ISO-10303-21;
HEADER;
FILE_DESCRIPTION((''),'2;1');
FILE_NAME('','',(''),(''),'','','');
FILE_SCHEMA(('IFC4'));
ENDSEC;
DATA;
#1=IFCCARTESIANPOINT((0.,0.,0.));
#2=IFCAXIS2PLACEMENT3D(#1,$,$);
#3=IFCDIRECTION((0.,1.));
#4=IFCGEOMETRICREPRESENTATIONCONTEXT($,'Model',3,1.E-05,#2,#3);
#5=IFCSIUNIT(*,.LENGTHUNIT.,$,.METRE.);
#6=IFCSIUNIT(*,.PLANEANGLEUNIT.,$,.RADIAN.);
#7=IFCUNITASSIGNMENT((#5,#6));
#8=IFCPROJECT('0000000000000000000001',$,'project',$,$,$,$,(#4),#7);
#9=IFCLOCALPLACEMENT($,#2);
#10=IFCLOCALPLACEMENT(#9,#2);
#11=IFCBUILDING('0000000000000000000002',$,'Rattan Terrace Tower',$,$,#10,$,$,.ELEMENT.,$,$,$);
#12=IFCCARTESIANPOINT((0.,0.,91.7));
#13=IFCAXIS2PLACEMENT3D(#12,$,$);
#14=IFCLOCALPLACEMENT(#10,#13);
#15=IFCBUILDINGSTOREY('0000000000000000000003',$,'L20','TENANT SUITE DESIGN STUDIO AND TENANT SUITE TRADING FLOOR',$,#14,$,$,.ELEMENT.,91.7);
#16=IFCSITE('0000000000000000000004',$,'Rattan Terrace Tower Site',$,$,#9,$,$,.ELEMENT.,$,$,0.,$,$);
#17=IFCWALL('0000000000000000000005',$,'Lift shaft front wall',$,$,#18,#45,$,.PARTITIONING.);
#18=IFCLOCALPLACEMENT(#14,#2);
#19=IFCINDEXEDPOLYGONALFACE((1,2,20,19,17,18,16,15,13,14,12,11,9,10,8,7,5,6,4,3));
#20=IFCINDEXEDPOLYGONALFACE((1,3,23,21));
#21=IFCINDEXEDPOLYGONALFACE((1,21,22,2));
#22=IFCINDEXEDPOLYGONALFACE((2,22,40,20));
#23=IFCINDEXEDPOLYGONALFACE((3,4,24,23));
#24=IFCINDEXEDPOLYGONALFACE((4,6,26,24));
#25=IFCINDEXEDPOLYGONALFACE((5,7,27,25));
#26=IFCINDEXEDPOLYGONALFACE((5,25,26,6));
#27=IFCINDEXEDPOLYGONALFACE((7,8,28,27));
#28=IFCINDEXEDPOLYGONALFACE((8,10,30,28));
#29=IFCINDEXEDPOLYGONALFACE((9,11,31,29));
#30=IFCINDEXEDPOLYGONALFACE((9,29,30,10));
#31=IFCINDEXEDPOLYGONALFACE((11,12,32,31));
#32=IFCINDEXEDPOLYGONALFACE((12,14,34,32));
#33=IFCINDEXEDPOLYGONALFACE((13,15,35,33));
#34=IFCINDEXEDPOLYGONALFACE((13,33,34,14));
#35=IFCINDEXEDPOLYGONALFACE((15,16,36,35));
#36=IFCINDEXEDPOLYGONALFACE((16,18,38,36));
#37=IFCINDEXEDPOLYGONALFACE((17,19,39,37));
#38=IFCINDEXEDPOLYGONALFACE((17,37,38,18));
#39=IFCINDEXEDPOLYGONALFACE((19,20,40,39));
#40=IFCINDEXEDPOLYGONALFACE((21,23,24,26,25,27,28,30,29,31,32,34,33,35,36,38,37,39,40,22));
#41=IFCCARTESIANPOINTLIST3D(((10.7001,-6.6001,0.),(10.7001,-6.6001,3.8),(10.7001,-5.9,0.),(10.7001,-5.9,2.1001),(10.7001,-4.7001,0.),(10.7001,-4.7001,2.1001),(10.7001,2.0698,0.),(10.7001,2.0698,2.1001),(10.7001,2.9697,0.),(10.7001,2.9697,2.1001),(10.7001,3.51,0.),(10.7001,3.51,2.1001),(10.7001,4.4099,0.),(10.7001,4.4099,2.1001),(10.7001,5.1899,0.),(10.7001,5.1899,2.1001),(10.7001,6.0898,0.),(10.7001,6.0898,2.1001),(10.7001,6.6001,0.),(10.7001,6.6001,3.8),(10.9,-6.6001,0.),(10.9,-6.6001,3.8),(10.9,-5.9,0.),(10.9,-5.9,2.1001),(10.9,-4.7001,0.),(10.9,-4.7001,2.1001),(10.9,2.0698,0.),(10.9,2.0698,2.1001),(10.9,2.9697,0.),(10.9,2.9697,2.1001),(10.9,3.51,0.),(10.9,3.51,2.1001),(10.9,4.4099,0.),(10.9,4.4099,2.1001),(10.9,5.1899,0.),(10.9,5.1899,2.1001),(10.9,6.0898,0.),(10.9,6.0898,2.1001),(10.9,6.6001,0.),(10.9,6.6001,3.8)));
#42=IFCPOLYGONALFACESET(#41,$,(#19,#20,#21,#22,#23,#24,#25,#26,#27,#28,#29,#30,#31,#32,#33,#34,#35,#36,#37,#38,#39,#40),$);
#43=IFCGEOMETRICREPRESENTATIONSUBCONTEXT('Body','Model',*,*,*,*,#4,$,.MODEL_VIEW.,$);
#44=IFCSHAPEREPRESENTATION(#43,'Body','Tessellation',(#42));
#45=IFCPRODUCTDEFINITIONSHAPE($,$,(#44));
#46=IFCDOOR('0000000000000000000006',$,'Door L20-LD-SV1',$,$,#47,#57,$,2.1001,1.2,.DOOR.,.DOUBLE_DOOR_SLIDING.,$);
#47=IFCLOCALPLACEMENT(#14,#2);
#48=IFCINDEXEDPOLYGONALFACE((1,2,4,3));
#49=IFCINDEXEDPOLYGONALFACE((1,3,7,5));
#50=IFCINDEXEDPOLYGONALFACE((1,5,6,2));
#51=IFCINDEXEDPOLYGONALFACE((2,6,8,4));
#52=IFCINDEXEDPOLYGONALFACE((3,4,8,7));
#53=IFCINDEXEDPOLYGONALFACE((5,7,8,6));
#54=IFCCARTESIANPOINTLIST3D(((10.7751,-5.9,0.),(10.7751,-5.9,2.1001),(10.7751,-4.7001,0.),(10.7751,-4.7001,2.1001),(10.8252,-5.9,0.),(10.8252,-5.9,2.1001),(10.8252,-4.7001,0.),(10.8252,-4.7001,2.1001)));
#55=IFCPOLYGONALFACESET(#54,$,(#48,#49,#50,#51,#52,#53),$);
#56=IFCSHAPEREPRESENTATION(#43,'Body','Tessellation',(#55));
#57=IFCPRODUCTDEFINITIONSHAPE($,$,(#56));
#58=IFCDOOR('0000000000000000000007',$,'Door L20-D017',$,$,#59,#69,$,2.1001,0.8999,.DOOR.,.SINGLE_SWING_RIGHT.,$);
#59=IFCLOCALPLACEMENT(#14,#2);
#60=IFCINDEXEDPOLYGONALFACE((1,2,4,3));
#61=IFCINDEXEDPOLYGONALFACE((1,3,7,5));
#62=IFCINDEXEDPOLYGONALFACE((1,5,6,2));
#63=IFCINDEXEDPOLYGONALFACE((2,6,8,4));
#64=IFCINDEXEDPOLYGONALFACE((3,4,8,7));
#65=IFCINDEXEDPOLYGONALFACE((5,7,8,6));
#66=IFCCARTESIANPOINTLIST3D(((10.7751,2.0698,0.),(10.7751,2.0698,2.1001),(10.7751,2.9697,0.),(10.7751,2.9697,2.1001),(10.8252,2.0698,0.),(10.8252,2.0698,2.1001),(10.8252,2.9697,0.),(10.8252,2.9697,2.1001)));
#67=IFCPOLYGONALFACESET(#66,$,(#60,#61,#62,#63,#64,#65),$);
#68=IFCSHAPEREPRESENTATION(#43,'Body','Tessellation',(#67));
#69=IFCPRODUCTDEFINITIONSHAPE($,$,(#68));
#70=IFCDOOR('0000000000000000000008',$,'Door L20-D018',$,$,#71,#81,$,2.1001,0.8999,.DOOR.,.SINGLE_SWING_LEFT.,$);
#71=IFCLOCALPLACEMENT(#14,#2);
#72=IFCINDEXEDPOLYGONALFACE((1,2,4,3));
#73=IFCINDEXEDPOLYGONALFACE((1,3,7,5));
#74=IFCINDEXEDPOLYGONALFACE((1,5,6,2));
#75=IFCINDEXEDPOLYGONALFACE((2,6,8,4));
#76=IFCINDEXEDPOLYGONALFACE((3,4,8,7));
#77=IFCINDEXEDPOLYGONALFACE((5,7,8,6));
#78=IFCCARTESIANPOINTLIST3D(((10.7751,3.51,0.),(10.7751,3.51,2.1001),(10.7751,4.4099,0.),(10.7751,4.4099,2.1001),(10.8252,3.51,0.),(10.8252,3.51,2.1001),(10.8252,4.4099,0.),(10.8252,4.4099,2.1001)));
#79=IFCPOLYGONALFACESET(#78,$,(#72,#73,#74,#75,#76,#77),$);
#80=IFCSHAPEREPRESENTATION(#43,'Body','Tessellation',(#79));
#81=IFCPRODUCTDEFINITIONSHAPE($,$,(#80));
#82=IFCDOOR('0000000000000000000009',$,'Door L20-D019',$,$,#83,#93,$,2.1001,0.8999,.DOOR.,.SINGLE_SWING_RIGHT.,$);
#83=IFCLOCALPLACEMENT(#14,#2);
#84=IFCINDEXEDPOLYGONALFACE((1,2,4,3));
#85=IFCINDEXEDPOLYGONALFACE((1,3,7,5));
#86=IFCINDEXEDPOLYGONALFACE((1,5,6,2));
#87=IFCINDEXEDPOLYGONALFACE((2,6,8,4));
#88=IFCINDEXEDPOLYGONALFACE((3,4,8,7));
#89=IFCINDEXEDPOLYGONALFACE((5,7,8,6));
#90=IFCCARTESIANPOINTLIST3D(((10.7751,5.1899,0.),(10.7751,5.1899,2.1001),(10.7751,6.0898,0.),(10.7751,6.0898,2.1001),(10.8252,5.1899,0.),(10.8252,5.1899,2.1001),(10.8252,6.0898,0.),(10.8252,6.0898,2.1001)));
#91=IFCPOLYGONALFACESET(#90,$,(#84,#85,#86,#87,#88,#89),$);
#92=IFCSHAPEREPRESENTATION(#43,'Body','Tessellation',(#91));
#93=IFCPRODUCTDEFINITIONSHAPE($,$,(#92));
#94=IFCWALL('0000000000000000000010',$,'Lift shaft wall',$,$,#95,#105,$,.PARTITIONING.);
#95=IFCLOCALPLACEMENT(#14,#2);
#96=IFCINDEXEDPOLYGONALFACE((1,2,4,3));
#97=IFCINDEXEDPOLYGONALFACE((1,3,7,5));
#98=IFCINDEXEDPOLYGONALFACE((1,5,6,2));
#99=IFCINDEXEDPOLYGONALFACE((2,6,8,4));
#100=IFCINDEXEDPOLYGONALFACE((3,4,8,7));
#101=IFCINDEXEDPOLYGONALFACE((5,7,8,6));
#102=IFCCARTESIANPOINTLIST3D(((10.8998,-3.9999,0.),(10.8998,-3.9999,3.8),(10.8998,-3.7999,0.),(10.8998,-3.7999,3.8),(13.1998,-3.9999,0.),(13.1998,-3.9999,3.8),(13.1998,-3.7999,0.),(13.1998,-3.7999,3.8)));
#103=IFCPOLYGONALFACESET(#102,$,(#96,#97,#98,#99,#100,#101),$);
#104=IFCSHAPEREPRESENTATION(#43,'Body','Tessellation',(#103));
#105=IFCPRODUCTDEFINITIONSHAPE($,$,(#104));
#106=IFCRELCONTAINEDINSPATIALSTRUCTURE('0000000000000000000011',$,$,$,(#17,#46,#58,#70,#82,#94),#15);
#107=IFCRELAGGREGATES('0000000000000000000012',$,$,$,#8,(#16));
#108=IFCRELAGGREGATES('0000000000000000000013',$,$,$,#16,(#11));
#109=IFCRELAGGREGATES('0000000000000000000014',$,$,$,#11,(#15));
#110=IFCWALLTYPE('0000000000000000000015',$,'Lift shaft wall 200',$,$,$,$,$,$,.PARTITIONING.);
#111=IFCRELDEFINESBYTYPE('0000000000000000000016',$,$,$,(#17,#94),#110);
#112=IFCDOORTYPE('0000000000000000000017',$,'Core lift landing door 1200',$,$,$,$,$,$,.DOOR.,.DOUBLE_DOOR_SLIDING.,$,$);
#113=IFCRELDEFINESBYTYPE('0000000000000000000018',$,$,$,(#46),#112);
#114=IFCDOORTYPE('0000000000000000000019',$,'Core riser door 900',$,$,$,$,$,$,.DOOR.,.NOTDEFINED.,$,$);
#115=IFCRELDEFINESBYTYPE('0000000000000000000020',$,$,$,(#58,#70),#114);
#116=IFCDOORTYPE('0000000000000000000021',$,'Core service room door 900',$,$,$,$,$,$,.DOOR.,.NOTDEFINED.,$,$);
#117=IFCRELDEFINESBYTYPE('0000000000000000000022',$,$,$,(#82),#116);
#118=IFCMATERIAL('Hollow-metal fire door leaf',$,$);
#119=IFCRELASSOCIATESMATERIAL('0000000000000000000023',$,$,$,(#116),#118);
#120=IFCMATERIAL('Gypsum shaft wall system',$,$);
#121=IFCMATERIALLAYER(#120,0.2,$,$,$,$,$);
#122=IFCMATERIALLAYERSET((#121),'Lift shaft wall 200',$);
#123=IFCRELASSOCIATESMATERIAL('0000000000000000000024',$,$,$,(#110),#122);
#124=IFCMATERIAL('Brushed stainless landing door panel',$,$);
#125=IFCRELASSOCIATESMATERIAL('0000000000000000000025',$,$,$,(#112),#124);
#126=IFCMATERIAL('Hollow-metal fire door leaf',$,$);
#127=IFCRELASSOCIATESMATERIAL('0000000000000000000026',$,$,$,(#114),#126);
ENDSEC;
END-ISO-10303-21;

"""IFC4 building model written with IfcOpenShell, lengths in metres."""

from ifc_helpers import new_model, si_unit, direction, frame, frame_2d, origin, place, context, subcontext, project, spatial, rectangle, extrude, material, layer, layer_set, type_object, element, fill, save


model = new_model("IFC4")

# Units and contexts
model_context = context("Model", 3, precision=1e-05, world=origin(), true_north=direction((0.0, 1.0)))
body_context = subcontext(model_context, "Body", "Model", "MODEL_VIEW")
ifc_project = project(units=[si_unit("LENGTHUNIT", "METRE"), si_unit("PLANEANGLEUNIT", "RADIAN")], contexts=[model_context])

# Site, building, storey
site_placement = place(None, origin())
site = spatial("IfcSite", under=ifc_project, at=site_placement, Name="Rattan Terrace Tower Site", CompositionType="ELEMENT", RefElevation=0.0)
building_placement = place(site_placement, origin())
building = spatial("IfcBuilding", under=site, at=building_placement, Name="Rattan Terrace Tower", CompositionType="ELEMENT")
storey_placement = place(building_placement, frame((0.0, 0.0, 91.7)))
storey = spatial("IfcBuildingStorey", under=building, at=storey_placement, Name="L20", Description="TENANT SUITE DESIGN STUDIO AND TENANT SUITE TRADING FLOOR", CompositionType="ELEMENT", Elevation=91.7)

# Shared definitions
ifc_material_1 = material(Name="Hollow-metal fire door leaf")
door_type_1 = type_object("IfcDoorType", Name="Core service room door 900", OperationType="NOTDEFINED", PredefinedType="DOOR", material=ifc_material_1)

# Wall, openings, doors
ifc_material_2 = material(Name="Gypsum shaft wall system")
ifc_layer_1 = layer(ifc_material_2, 0.2)
ifc_layer_set_1 = layer_set([ifc_layer_1], Name="Lift shaft wall 200")
wall_type_1 = type_object("IfcWallType", Name="Lift shaft wall 200", PredefinedType="PARTITIONING", material=ifc_layer_set_1)
wall_1_placement = place(storey_placement, frame((10.8, -6.6001, 0.0), z_axis=(0.0, 0.0, 1.0), x_axis=(0.0, 1.0, 0.0)))
wall_1 = element("IfcWall", 1, at=wall_1_placement, inside=storey, type_object=wall_type_1, Name="Lift shaft front wall", PredefinedType="PARTITIONING", context=body_context, shape_type="SweptSolid", body=[
    extrude(rectangle(XDim=13.2002, YDim=0.2, at=frame_2d((6.6001, 0.0))), origin(), (0.0, 0.0, 1.0), 3.8),
])
opening_1_placement = place(wall_1_placement, frame((0.7, 0.0, 0.0)))
opening_1 = element("IfcOpeningElement", 2, at=opening_1_placement, cuts=wall_1, PredefinedType="OPENING", context=body_context, shape_type="SweptSolid", body=[
    extrude(rectangle(XDim=1.2, YDim=2.1001, at=frame_2d((0.6001, 1.05))), frame((0.0, 0.1106, 0.0), z_axis=(0.0, -1.0, 0.0), x_axis=(1.0, 0.0, 0.0)), (0.0, 0.0, 1.0), 0.2209),
])
opening_2_placement = place(wall_1_placement, frame((8.6699, 0.0, 0.0)))
opening_2 = element("IfcOpeningElement", 3, at=opening_2_placement, cuts=wall_1, PredefinedType="OPENING", context=body_context, shape_type="SweptSolid", body=[
    extrude(rectangle(XDim=0.8999, YDim=2.1001, at=frame_2d((0.45, 1.05))), frame((0.0, 0.1106, 0.0), z_axis=(0.0, -1.0, 0.0), x_axis=(1.0, 0.0, 0.0)), (0.0, 0.0, 1.0), 0.2209),
])
opening_3_placement = place(wall_1_placement, frame((10.1101, 0.0, 0.0)))
opening_3 = element("IfcOpeningElement", 4, at=opening_3_placement, cuts=wall_1, PredefinedType="OPENING", context=body_context, shape_type="SweptSolid", body=[
    extrude(rectangle(XDim=0.8999, YDim=2.1001, at=frame_2d((0.45, 1.05))), frame((0.0, 0.1106, 0.0), z_axis=(0.0, -1.0, 0.0), x_axis=(1.0, 0.0, 0.0)), (0.0, 0.0, 1.0), 0.2209),
])
opening_4_placement = place(wall_1_placement, frame((11.79, 0.0, 0.0)))
opening_4 = element("IfcOpeningElement", 5, at=opening_4_placement, cuts=wall_1, PredefinedType="OPENING", context=body_context, shape_type="SweptSolid", body=[
    extrude(rectangle(XDim=0.8999, YDim=2.1001, at=frame_2d((0.45, 1.05))), frame((0.0, 0.1106, 0.0), z_axis=(0.0, -1.0, 0.0), x_axis=(1.0, 0.0, 0.0)), (0.0, 0.0, 1.0), 0.2209),
])
ifc_material_3 = material(Name="Brushed stainless landing door panel")
door_type_2 = type_object("IfcDoorType", Name="Core lift landing door 1200", OperationType="DOUBLE_DOOR_SLIDING", PredefinedType="DOOR", material=ifc_material_3)
door_1_placement = place(opening_1_placement, origin())
door_1 = element("IfcDoor", 6, at=door_1_placement, inside=storey, type_object=door_type_2, Name="Door L20-LD-SV1", OperationType="DOUBLE_DOOR_SLIDING", OverallHeight=2.1001, OverallWidth=1.2, PredefinedType="DOOR", context=body_context, shape_type="SweptSolid", body=[
    extrude(rectangle(XDim=1.2, YDim=2.1001, at=frame_2d((0.6001, 1.05))), frame((0.0, 0.0249, 0.0), z_axis=(0.0, -1.0, 0.0), x_axis=(1.0, 0.0, 0.0)), (0.0, 0.0, 1.0), 0.05),
])
fill(opening_1, door_1)
ifc_material_4 = material(Name="Hollow-metal fire door leaf")
door_type_3 = type_object("IfcDoorType", Name="Core riser door 900", OperationType="NOTDEFINED", PredefinedType="DOOR", material=ifc_material_4)
door_2_placement = place(opening_2_placement, origin())
door_2 = element("IfcDoor", 7, at=door_2_placement, inside=storey, type_object=door_type_3, Name="Door L20-D017", OperationType="SINGLE_SWING_RIGHT", OverallHeight=2.1001, OverallWidth=0.8999, PredefinedType="DOOR", context=body_context, shape_type="SweptSolid", body=[
    extrude(rectangle(XDim=0.8999, YDim=2.1001, at=frame_2d((0.45, 1.05))), frame((0.0, 0.0249, 0.0), z_axis=(0.0, -1.0, 0.0), x_axis=(1.0, 0.0, 0.0)), (0.0, 0.0, 1.0), 0.05),
])
fill(opening_2, door_2)
door_3_placement = place(opening_3_placement, origin())
door_3 = element("IfcDoor", 8, at=door_3_placement, inside=storey, type_object=door_type_3, Name="Door L20-D018", OperationType="SINGLE_SWING_LEFT", OverallHeight=2.1001, OverallWidth=0.8999, PredefinedType="DOOR", context=body_context, shape_type="SweptSolid", body=[
    extrude(rectangle(XDim=0.8999, YDim=2.1001, at=frame_2d((0.45, 1.05))), frame((0.0, 0.0249, 0.0), z_axis=(0.0, -1.0, 0.0), x_axis=(1.0, 0.0, 0.0)), (0.0, 0.0, 1.0), 0.05),
])
fill(opening_3, door_3)
door_4_placement = place(opening_4_placement, origin())
door_4 = element("IfcDoor", 9, at=door_4_placement, inside=storey, type_object=door_type_1, Name="Door L20-D019", OperationType="SINGLE_SWING_RIGHT", OverallHeight=2.1001, OverallWidth=0.8999, PredefinedType="DOOR", context=body_context, shape_type="SweptSolid", body=[
    extrude(rectangle(XDim=0.8999, YDim=2.1001, at=frame_2d((0.45, 1.05))), frame((0.0, 0.0249, 0.0), z_axis=(0.0, -1.0, 0.0), x_axis=(1.0, 0.0, 0.0)), (0.0, 0.0, 1.0), 0.05),
])
fill(opening_4, door_4)

# Wall
wall_2_placement = place(storey_placement, frame((10.8999, -3.8999, 0.0), z_axis=(0.0, 0.0, 1.0), x_axis=(1.0, 0.0, 0.0)))
element("IfcWall", 10, at=wall_2_placement, inside=storey, type_object=wall_type_1, Name="Lift shaft wall", PredefinedType="PARTITIONING", context=body_context, shape_type="SweptSolid", body=[
    extrude(rectangle(XDim=2.3, YDim=0.2, at=frame_2d((1.1499, 0.0))), origin(), (0.0, 0.0, 1.0), 3.8),
])

save(model, "model.ifc")
